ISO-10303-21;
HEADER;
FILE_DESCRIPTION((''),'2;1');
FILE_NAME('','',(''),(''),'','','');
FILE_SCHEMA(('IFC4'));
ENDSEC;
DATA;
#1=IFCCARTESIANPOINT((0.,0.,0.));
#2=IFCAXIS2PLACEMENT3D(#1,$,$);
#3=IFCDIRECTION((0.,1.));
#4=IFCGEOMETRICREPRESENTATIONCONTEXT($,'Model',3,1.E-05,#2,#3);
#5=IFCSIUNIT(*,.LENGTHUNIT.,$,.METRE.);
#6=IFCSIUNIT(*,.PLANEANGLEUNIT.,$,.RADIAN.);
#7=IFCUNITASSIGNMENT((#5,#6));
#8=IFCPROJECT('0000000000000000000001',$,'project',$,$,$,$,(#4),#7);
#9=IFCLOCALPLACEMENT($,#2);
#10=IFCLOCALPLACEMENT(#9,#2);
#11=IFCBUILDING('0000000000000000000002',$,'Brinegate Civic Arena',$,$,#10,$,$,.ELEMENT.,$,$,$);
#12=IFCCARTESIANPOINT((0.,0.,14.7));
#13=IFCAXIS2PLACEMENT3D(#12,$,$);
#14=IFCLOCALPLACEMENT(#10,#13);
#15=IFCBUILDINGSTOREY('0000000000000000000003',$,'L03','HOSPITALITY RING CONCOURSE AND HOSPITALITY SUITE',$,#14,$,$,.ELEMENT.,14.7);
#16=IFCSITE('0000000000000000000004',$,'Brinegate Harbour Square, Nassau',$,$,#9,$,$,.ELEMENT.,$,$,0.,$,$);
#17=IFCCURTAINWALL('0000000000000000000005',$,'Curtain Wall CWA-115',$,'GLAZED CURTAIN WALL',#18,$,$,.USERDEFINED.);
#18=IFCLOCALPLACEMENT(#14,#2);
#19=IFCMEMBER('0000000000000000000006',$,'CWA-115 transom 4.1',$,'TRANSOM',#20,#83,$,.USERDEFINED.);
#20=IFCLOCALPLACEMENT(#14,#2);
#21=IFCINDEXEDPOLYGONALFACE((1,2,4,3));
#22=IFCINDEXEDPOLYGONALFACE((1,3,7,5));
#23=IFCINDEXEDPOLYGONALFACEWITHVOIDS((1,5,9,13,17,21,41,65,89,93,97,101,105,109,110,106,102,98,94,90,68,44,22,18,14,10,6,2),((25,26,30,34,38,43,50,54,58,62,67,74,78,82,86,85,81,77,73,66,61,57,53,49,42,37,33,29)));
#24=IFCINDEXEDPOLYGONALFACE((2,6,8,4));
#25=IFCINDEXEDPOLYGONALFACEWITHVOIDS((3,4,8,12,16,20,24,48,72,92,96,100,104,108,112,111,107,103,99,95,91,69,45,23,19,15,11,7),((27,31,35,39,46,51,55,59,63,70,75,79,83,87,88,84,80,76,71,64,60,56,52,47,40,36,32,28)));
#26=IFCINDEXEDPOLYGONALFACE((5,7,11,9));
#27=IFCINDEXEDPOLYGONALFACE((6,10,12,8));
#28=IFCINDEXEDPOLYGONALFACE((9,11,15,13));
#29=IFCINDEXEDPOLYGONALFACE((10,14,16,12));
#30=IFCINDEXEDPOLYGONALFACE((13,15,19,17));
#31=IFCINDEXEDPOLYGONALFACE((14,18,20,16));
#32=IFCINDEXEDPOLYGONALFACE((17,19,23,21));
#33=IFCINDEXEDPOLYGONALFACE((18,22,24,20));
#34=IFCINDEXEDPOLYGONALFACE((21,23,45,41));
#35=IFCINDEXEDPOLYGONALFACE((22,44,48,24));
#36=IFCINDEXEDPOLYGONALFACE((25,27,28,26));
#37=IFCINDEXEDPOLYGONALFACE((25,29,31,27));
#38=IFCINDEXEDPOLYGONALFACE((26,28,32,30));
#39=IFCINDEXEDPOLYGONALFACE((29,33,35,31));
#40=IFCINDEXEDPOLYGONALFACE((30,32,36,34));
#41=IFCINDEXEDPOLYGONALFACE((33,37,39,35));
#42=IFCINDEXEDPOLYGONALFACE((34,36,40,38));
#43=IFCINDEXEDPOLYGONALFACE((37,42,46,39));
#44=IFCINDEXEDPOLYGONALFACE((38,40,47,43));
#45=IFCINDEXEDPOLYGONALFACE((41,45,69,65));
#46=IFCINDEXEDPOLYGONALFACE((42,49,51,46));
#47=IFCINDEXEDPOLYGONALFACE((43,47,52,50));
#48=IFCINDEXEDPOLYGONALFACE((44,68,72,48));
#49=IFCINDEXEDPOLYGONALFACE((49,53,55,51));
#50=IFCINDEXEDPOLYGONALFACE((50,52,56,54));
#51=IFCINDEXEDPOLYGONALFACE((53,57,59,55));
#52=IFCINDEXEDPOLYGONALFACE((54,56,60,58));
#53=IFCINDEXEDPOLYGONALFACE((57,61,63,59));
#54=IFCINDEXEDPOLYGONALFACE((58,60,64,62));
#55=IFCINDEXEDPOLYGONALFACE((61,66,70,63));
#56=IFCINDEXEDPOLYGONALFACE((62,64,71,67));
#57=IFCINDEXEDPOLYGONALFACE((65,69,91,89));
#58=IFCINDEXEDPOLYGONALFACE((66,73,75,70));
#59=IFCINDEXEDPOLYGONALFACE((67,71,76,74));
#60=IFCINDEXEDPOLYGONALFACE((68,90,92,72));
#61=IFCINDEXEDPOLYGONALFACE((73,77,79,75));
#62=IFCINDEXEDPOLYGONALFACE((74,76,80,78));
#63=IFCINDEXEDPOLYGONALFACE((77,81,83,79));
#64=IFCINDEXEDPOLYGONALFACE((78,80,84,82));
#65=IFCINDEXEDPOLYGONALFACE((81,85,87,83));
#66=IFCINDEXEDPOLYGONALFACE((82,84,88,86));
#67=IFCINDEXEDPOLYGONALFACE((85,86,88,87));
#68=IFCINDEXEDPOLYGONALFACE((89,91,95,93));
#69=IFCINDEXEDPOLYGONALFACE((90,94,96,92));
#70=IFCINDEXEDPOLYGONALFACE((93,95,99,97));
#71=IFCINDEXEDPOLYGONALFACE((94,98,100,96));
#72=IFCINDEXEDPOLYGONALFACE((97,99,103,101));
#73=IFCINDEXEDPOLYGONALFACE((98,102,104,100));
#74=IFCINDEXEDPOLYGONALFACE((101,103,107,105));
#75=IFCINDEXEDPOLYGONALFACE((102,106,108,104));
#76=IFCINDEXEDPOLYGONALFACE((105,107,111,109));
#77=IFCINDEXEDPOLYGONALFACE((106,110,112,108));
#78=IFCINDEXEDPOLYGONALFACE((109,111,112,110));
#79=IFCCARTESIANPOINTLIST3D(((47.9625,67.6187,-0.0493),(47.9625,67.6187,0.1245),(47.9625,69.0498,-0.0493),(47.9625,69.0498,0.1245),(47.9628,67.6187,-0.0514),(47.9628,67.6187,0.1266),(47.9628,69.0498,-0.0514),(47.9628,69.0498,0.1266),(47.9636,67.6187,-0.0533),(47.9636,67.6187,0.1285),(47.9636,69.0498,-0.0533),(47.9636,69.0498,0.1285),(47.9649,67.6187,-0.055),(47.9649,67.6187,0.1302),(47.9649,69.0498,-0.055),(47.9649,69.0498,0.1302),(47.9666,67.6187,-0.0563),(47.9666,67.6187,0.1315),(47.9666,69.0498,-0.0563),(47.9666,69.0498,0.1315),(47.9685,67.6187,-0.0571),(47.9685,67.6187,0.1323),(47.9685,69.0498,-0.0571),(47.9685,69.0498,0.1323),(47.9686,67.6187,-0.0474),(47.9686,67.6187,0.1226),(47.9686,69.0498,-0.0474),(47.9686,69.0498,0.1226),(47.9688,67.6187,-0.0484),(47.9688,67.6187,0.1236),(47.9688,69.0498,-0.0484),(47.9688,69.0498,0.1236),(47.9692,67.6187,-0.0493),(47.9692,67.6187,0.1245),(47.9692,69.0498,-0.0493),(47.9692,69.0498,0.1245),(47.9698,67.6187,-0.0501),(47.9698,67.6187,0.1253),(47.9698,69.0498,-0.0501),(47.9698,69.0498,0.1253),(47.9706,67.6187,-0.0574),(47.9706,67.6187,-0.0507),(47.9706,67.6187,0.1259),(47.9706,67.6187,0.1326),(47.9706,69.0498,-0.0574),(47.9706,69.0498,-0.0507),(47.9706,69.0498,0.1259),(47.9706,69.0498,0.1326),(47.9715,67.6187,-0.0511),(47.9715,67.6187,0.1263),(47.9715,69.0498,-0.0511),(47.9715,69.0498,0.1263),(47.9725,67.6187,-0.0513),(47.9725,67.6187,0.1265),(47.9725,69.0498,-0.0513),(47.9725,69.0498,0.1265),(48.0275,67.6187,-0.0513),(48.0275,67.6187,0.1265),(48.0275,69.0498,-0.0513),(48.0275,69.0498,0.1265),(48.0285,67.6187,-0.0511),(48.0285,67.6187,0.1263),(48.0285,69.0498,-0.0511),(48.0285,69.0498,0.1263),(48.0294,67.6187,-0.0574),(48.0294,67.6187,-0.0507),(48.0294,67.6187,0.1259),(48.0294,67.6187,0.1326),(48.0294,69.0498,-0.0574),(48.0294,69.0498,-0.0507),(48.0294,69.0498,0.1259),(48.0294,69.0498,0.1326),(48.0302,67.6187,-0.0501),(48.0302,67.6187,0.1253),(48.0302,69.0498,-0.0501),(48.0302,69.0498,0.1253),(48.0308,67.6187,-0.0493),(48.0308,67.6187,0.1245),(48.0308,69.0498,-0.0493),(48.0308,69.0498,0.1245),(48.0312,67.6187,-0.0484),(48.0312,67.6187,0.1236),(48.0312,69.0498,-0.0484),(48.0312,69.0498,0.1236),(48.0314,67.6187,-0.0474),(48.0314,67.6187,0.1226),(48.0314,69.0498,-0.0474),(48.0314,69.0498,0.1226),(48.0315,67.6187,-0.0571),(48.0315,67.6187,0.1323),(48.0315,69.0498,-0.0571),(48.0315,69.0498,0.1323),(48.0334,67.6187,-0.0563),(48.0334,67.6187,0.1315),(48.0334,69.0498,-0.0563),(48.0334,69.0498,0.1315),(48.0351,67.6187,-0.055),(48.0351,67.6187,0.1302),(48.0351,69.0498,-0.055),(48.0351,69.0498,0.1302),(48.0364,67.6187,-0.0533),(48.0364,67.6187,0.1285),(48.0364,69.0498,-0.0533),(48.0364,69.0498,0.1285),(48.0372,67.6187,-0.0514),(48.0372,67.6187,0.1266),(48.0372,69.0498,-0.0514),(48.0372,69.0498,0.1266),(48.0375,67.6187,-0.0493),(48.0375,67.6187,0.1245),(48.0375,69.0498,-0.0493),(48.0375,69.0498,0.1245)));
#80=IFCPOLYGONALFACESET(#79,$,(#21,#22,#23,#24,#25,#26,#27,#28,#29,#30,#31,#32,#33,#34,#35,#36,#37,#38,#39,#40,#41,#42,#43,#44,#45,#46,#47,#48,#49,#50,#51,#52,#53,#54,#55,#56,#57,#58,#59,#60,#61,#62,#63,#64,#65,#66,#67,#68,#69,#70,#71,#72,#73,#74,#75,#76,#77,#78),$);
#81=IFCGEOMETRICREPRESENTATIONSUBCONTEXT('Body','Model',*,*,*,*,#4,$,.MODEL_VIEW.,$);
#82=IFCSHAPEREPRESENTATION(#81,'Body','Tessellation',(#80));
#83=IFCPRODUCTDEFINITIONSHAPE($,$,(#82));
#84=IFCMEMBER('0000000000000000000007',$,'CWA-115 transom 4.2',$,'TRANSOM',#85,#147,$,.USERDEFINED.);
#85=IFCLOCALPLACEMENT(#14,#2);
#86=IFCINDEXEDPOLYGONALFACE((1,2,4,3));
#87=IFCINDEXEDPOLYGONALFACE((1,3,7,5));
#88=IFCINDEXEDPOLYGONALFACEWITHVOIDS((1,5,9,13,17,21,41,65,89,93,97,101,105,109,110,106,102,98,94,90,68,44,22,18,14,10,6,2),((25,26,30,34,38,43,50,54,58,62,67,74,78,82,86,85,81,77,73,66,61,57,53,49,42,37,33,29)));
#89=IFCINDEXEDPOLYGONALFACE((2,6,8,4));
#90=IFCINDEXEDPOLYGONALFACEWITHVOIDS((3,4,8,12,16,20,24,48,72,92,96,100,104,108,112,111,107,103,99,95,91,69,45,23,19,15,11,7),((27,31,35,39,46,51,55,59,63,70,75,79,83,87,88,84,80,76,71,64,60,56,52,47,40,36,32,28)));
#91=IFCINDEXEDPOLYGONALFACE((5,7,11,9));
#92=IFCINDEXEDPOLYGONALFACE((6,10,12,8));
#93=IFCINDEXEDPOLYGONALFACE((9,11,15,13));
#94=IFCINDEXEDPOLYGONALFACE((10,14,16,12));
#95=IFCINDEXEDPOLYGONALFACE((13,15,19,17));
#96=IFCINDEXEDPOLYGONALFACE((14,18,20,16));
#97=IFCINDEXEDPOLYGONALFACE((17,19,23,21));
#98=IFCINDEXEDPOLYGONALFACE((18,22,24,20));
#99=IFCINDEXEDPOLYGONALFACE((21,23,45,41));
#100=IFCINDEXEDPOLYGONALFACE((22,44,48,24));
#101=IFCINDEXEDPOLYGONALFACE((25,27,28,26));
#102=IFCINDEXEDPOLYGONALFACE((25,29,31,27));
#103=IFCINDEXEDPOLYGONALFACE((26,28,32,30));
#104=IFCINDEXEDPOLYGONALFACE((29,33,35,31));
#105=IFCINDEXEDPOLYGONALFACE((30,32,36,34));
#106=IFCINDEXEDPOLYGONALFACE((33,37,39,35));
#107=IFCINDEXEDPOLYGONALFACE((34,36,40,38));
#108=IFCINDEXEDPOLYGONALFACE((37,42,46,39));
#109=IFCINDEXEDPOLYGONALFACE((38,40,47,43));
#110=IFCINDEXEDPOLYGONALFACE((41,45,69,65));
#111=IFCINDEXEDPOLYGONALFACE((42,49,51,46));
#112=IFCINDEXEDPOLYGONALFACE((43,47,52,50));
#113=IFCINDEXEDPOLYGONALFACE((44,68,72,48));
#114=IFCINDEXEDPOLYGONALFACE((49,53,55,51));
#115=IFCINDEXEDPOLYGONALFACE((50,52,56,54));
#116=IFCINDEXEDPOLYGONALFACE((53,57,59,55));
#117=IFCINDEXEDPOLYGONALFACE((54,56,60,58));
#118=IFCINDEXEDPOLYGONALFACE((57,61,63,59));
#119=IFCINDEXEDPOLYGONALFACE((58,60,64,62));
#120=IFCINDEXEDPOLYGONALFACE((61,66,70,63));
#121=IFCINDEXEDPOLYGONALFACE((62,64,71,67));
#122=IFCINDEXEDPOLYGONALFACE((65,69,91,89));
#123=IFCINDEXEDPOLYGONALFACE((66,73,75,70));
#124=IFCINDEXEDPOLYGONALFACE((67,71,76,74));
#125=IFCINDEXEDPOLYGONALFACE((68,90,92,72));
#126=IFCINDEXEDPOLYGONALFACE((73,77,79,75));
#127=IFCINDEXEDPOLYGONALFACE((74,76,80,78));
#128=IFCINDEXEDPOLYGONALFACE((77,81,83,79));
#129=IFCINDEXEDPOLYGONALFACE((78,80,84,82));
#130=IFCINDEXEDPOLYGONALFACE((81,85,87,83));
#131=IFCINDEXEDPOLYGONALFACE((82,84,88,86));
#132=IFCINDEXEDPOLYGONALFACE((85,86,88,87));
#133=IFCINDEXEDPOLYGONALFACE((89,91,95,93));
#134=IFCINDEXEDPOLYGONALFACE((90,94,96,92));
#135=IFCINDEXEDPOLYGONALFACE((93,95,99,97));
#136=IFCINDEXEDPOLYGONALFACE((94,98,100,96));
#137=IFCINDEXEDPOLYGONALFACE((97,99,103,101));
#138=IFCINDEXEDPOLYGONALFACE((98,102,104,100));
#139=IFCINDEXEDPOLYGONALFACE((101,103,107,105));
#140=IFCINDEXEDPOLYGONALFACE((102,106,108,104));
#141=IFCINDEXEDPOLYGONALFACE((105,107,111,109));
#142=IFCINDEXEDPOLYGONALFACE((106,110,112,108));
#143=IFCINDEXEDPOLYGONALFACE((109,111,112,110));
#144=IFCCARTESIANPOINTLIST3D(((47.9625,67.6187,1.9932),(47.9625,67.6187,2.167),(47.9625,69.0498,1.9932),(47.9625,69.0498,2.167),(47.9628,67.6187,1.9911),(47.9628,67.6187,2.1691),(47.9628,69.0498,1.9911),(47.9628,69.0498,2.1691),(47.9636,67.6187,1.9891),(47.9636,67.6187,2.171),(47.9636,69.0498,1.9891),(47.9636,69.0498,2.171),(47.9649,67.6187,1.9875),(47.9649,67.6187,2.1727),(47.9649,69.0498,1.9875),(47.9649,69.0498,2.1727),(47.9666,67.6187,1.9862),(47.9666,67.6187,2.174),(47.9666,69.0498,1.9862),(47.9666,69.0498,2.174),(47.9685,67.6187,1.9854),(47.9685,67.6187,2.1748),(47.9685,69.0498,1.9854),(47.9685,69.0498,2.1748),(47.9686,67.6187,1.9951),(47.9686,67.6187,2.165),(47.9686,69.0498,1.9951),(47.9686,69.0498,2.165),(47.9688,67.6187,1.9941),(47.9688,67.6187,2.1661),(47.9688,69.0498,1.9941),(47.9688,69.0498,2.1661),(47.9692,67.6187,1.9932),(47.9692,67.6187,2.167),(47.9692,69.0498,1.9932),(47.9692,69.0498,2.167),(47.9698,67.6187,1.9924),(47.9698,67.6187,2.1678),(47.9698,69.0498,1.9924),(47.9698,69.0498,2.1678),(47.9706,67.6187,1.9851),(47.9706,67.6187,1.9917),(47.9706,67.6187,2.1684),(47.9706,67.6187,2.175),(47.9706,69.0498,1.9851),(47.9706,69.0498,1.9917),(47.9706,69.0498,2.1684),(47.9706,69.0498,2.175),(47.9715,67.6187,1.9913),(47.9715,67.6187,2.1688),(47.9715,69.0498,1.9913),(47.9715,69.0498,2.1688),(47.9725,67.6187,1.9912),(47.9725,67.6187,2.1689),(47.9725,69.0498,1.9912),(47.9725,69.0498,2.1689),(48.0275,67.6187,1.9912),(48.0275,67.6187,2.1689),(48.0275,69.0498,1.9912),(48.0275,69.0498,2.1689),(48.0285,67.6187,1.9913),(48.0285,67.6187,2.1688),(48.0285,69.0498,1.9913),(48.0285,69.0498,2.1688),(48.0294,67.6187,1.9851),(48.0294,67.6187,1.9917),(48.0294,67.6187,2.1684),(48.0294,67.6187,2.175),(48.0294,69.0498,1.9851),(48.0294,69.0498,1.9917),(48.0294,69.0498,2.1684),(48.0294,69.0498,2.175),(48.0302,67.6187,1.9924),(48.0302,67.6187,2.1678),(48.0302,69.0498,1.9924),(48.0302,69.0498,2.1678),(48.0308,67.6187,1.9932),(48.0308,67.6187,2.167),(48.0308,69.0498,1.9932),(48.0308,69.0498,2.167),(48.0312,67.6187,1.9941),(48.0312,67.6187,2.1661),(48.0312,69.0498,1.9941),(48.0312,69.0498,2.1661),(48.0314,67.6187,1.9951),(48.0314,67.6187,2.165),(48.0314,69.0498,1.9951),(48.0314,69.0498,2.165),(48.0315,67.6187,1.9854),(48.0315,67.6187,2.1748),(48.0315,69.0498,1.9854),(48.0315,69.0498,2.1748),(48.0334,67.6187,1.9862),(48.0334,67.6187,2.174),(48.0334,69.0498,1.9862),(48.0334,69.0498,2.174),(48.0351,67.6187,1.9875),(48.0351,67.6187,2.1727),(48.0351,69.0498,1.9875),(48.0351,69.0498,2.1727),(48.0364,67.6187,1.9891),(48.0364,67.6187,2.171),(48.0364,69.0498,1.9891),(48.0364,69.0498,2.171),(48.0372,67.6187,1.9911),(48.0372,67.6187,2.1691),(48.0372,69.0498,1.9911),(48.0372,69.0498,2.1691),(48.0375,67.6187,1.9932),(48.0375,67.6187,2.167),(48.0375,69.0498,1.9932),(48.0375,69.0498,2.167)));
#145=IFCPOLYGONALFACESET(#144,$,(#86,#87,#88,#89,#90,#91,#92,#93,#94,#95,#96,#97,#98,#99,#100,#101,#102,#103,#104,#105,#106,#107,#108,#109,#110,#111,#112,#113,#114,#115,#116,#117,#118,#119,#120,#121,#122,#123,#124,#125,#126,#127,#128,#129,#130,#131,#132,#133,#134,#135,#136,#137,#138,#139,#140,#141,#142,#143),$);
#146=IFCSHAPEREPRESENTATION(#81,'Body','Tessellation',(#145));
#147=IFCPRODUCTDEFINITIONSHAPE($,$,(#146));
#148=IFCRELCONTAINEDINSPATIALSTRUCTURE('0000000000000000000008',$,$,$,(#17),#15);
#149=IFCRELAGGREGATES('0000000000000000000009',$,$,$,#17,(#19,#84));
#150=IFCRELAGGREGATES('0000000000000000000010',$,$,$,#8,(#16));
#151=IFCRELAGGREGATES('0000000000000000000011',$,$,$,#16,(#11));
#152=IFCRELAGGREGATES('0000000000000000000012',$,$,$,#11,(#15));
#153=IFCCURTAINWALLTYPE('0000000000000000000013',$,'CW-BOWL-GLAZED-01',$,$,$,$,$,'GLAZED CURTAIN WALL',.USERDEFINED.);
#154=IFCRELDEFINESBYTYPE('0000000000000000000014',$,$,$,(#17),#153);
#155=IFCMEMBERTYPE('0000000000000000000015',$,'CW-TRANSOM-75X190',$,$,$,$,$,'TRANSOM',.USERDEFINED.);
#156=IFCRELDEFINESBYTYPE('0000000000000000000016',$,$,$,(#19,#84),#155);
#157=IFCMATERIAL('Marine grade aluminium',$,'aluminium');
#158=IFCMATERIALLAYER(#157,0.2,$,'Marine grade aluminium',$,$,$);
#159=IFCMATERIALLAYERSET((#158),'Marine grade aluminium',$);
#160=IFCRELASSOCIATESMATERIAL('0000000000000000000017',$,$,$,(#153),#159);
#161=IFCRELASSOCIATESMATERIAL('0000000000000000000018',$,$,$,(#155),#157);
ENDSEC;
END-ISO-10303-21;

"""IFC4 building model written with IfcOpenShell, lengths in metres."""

from ifc_helpers import new_model, si_unit, direction, frame, origin, origin_2d, place, context, subcontext, project, spatial, hollow_rectangle, extrude, material, layer, layer_set, material_profile, profile_set, type_object, element, aggregate, save


model = new_model("IFC4")

# Units and contexts
model_context = context("Model", 3, precision=1e-05, world=origin(), true_north=direction((0.0, 1.0)))
body_context = subcontext(model_context, "Body", "Model", "MODEL_VIEW")
ifc_project = project(units=[si_unit("LENGTHUNIT", "METRE"), si_unit("PLANEANGLEUNIT", "RADIAN")], contexts=[model_context])

# Site, building, storey
site_placement = place(None, origin())
site = spatial("IfcSite", under=ifc_project, at=site_placement, Name="Brinegate Harbour Square, Nassau", CompositionType="ELEMENT", RefElevation=0.0)
building_placement = place(site_placement, origin())
building = spatial("IfcBuilding", under=site, at=building_placement, Name="Brinegate Civic Arena", CompositionType="ELEMENT")
storey_placement = place(building_placement, frame((0.0, 0.0, 14.7)))
storey = spatial("IfcBuildingStorey", under=building, at=storey_placement, Name="L03", Description="HOSPITALITY RING CONCOURSE AND HOSPITALITY SUITE", CompositionType="ELEMENT", Elevation=14.7)

# Curtain wall
ifc_material_1 = material(Name="Marine grade aluminium", Category="aluminium")
ifc_layer_1 = layer(ifc_material_1, 0.2, Name="Marine grade aluminium")
ifc_layer_set_1 = layer_set([ifc_layer_1], Name="Marine grade aluminium")
curtain_wall_type = type_object("IfcCurtainWallType", Name="CW-BOWL-GLAZED-01", ElementType="GLAZED CURTAIN WALL", PredefinedType="USERDEFINED", material=ifc_layer_set_1)
curtain_wall_1_placement = place(storey_placement, origin())
curtain_wall_1 = element("IfcCurtainWall", 1, at=curtain_wall_1_placement, inside=storey, type_object=curtain_wall_type, Name="Curtain Wall CWA-115", ObjectType="GLAZED CURTAIN WALL", PredefinedType="USERDEFINED")

# Members
ifc_material_profile_1 = material_profile(ifc_material_1, hollow_rectangle(XDim=0.075, YDim=0.1899, WallThickness=0.0061, InnerFilletRadius=0.0039, OuterFilletRadius=0.0081, at=origin_2d()), Name="TRN75X190")
ifc_profile_set_1 = profile_set([ifc_material_profile_1], Name="Marine grade aluminium")
member_type_1 = type_object("IfcMemberType", Name="CW-TRANSOM-75X190", ElementType="TRANSOM", PredefinedType="USERDEFINED", material=ifc_profile_set_1)
member_1_placement = place(storey_placement, frame((48.0, 67.6187, 0.0376), z_axis=(0.0, 1.0, 0.0), x_axis=(-1.0, 0.0, 0.0)))
member_1 = element("IfcMember", 2, at=member_1_placement, type_object=member_type_1, Name="CWA-115 transom 4.1", ObjectType="TRANSOM", PredefinedType="USERDEFINED", context=body_context, shape_type="SweptSolid", body=[
    extrude(hollow_rectangle(XDim=0.075, YDim=0.1899, WallThickness=0.0061, InnerFilletRadius=0.0039, OuterFilletRadius=0.0081, at=origin_2d()), origin(), (0.0, 0.0, 1.0), 1.4312),
])
member_2_placement = place(storey_placement, frame((48.0, 67.6187, 2.0801), z_axis=(0.0, 1.0, 0.0), x_axis=(-1.0, 0.0, 0.0)))
member_2 = element("IfcMember", 3, at=member_2_placement, type_object=member_type_1, Name="CWA-115 transom 4.2", ObjectType="TRANSOM", PredefinedType="USERDEFINED", context=body_context, shape_type="SweptSolid", body=[
    extrude(hollow_rectangle(XDim=0.075, YDim=0.1899, WallThickness=0.0061, InnerFilletRadius=0.0039, OuterFilletRadius=0.0081, at=origin_2d()), origin(), (0.0, 0.0, 1.0), 1.4312),
])

aggregate(curtain_wall_1, [member_1, member_2])

save(model, "model.ifc")
